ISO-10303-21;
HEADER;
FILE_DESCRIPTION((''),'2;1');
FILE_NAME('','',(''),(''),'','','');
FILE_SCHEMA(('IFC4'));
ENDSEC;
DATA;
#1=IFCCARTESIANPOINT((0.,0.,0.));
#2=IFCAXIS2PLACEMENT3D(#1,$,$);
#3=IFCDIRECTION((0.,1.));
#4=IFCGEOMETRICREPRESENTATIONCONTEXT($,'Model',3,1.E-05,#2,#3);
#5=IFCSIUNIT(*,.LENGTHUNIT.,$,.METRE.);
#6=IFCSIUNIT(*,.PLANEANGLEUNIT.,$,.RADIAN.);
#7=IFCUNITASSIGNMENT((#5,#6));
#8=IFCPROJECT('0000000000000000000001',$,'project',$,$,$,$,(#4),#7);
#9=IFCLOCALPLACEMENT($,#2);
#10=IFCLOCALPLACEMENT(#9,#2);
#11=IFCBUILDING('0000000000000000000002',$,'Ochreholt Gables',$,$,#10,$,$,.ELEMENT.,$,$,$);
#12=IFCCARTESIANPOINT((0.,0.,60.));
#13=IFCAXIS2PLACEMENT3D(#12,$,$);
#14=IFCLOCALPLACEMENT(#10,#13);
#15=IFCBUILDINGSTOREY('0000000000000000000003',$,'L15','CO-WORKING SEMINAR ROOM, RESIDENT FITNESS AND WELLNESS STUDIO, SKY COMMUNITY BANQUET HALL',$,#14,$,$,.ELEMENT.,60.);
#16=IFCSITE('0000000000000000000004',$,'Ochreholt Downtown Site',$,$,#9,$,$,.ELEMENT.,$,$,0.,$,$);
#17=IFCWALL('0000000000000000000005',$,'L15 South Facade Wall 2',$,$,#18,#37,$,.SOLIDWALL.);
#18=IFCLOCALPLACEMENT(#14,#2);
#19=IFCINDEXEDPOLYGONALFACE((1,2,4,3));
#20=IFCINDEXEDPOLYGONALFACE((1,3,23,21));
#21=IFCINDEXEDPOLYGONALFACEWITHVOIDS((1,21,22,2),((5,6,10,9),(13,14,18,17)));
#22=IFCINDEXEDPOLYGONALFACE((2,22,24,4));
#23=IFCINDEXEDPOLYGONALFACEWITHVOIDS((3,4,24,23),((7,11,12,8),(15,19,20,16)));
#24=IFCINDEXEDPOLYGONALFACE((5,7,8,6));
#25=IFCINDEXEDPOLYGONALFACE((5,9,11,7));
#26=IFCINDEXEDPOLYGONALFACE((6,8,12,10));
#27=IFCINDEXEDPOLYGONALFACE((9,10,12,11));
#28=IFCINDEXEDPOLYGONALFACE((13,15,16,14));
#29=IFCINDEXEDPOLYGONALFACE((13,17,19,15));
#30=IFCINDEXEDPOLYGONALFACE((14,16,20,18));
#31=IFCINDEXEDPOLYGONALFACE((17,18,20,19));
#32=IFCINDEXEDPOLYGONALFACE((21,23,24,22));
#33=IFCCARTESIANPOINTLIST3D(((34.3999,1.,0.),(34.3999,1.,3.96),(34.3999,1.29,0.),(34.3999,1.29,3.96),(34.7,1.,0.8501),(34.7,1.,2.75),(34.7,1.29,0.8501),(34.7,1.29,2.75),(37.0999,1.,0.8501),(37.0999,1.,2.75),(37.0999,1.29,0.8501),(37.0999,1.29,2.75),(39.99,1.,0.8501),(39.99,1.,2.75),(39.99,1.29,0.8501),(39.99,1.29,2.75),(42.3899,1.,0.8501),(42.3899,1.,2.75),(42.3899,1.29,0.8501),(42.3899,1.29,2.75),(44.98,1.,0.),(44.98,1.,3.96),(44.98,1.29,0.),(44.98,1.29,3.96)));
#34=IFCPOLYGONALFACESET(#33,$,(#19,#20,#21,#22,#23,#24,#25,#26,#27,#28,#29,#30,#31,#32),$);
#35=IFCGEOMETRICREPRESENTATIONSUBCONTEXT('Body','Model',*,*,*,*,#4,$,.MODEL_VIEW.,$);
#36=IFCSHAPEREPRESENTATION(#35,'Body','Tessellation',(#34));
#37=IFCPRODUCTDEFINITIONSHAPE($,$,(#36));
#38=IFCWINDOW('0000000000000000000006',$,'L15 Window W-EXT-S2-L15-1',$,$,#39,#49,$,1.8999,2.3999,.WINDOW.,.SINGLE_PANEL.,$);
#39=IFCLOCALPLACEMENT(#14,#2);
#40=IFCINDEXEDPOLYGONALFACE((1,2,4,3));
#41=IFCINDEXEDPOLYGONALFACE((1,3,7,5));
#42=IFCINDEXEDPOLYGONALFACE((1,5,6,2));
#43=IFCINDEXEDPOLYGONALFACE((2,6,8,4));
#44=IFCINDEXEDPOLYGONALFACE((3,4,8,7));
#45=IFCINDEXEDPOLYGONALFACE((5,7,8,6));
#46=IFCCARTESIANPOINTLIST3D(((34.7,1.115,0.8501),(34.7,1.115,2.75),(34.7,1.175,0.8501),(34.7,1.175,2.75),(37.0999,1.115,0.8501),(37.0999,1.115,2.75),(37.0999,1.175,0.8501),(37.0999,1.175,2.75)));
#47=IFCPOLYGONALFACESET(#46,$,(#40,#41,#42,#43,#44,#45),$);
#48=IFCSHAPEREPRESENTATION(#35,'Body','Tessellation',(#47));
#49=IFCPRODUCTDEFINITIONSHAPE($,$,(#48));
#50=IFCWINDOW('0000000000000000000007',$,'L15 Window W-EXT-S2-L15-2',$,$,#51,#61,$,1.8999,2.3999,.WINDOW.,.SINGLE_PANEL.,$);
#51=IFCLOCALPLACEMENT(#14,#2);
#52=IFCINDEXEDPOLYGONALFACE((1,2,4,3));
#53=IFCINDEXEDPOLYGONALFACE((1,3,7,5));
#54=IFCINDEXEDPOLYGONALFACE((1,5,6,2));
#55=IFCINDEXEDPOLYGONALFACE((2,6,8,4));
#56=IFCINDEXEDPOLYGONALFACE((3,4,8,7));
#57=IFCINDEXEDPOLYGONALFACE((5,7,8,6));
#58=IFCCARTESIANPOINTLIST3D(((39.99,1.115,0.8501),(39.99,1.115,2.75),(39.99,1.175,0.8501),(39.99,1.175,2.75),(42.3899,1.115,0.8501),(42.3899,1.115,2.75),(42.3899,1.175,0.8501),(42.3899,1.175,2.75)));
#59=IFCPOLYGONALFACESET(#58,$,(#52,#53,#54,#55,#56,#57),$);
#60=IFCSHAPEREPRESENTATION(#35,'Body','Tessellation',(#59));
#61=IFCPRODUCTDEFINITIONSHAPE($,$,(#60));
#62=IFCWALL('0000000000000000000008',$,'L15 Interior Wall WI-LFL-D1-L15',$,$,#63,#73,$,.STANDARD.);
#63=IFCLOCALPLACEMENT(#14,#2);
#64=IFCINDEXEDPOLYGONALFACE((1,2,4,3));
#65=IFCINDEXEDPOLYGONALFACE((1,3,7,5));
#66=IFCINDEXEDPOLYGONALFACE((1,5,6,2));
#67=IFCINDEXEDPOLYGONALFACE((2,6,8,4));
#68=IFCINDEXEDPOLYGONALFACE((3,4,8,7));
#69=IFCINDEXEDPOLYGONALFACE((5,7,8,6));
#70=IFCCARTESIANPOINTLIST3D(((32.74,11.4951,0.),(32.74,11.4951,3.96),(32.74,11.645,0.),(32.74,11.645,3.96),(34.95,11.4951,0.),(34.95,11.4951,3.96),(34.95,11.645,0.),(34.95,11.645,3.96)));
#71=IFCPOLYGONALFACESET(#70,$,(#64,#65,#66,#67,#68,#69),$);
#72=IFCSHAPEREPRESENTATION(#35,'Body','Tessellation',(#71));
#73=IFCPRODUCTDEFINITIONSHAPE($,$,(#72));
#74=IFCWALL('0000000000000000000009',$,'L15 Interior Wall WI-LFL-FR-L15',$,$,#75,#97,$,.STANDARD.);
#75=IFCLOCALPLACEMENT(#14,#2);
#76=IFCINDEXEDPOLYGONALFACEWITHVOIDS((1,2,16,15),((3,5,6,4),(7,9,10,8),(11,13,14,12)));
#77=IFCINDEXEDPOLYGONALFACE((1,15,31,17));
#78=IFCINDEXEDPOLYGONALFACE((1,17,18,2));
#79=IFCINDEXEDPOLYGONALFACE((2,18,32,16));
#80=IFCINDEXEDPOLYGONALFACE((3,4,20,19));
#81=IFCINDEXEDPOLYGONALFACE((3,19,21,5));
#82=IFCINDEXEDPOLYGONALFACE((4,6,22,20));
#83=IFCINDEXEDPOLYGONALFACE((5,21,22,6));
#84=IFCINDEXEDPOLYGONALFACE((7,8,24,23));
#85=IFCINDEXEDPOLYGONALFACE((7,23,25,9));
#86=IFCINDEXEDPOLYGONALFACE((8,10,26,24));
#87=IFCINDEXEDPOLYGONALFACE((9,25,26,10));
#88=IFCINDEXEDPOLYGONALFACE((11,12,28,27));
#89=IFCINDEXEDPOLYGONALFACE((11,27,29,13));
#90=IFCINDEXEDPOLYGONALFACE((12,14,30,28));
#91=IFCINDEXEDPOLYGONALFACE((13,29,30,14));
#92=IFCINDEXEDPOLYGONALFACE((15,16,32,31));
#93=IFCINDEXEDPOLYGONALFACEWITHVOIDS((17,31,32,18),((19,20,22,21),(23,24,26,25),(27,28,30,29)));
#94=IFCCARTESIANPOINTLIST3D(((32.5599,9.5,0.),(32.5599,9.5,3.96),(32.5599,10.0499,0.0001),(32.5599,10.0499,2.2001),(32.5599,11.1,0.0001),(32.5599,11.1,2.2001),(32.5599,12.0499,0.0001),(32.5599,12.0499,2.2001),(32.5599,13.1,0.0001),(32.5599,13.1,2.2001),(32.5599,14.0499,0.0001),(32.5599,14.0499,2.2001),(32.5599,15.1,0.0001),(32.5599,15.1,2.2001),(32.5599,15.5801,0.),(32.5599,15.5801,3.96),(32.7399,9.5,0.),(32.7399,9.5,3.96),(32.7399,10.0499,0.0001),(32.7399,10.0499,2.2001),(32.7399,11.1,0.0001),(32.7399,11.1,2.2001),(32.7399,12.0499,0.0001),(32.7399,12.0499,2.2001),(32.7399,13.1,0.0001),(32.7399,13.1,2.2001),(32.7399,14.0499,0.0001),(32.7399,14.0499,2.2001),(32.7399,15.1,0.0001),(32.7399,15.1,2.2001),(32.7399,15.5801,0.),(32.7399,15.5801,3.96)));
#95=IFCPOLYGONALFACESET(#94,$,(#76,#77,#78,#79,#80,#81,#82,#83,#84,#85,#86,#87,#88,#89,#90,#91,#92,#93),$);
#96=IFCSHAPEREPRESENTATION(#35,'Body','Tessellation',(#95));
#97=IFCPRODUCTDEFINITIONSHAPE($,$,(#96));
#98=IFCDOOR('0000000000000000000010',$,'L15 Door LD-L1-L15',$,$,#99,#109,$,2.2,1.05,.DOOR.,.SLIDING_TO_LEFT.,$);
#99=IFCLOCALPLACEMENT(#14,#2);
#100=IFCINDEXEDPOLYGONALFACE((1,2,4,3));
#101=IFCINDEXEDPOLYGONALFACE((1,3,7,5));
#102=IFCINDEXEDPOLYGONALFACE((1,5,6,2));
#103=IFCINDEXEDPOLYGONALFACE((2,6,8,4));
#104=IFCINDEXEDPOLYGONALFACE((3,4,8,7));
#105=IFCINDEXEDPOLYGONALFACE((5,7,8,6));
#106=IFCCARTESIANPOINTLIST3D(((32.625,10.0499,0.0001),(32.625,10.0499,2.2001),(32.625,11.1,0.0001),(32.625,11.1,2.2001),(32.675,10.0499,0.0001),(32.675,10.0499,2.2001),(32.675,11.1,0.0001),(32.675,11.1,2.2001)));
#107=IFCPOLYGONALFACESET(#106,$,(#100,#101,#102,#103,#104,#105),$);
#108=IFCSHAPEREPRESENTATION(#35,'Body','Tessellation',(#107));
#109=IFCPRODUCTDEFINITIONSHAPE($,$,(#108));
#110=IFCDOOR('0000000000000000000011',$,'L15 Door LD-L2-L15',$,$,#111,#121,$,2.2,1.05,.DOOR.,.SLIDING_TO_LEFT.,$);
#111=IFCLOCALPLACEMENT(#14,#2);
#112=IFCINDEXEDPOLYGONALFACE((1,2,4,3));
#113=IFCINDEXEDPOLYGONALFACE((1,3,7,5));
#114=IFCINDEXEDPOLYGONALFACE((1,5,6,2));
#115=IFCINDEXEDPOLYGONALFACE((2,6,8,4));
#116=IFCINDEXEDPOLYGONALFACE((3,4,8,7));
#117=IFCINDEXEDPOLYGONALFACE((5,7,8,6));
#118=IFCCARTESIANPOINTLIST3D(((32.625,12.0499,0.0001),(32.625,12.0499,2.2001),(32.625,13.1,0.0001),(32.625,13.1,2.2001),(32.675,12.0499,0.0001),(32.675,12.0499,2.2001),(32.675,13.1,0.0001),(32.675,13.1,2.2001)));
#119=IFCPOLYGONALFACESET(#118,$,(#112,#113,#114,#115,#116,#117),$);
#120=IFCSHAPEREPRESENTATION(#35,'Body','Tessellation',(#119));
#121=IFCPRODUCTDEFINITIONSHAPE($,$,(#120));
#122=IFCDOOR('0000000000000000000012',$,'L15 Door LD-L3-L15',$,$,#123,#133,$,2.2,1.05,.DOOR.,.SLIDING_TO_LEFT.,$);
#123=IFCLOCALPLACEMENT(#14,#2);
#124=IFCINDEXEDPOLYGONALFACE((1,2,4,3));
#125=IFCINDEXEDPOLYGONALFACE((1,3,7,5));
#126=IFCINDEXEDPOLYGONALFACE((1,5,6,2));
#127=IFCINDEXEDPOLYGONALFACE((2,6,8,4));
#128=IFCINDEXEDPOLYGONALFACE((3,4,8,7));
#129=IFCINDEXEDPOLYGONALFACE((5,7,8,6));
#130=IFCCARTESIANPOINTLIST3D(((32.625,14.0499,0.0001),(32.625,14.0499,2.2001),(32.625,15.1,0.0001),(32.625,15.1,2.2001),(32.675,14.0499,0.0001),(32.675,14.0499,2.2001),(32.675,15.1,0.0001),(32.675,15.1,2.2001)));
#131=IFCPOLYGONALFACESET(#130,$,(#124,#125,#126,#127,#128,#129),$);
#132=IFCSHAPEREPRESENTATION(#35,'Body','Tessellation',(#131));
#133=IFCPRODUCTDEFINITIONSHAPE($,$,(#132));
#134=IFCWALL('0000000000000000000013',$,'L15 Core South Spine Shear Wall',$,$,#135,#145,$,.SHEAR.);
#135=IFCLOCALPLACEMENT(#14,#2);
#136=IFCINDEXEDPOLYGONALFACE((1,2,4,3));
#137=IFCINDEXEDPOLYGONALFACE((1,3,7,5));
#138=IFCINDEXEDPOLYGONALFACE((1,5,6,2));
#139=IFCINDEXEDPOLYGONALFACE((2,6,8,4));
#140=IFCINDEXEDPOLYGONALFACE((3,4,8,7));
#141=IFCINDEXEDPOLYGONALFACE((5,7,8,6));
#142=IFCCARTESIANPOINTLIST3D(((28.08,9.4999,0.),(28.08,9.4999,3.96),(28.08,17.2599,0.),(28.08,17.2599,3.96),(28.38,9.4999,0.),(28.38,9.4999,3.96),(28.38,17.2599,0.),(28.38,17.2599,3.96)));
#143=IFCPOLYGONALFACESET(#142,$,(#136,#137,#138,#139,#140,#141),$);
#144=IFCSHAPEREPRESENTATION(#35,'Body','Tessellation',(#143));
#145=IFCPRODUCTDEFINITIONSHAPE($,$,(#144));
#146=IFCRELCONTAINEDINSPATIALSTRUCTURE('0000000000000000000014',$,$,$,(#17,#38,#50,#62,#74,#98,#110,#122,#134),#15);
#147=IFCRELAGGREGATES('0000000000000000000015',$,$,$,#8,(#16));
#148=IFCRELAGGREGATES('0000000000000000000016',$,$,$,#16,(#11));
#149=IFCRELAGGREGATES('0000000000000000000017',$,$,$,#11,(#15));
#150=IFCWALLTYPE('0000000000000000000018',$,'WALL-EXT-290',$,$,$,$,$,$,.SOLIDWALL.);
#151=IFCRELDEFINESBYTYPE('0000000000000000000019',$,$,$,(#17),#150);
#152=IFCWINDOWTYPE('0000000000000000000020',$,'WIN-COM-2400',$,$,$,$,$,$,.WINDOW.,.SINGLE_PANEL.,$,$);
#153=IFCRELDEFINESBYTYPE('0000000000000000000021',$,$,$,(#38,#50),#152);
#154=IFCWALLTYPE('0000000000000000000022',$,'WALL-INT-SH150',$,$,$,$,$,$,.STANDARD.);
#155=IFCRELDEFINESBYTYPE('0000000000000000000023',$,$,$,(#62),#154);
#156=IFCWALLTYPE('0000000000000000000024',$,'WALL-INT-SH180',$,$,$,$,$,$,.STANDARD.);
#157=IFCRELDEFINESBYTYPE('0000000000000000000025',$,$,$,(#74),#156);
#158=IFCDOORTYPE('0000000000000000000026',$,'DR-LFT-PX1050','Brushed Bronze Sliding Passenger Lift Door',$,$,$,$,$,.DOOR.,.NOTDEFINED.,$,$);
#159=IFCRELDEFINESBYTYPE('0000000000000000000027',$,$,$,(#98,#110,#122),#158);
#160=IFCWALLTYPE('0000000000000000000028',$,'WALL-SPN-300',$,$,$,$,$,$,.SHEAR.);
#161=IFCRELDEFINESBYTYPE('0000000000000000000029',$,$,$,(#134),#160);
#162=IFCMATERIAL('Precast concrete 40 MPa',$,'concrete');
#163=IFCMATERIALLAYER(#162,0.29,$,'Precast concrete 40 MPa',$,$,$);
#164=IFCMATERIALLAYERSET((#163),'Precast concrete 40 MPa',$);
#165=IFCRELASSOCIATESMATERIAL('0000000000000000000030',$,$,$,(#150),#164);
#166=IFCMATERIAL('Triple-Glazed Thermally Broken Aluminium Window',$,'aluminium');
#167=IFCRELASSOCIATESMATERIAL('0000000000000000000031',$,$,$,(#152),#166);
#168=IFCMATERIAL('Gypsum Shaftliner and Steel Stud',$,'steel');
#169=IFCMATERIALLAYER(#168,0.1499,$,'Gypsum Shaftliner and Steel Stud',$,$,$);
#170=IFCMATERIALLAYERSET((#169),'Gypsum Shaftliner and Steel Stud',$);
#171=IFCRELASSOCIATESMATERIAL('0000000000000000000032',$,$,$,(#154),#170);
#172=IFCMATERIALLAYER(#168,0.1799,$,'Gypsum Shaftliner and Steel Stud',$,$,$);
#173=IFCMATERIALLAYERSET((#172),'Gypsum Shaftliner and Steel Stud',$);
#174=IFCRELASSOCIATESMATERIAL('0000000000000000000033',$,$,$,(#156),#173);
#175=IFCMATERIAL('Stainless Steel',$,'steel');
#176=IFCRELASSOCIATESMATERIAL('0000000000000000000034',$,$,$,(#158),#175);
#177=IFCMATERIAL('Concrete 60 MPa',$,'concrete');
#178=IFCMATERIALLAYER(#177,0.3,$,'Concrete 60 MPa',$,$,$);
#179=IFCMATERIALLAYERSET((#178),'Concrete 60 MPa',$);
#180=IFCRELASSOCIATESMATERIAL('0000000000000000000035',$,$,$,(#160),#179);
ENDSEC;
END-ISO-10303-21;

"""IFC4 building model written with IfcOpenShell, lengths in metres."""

from ifc_helpers import new_model, si_unit, direction, frame, frame_2d, origin, place, context, subcontext, project, spatial, rectangle, extrude, material, layer, layer_set, type_object, element, fill, save


model = new_model("IFC4")

# Units and contexts
model_context = context("Model", 3, precision=1e-05, world=origin(), true_north=direction((0.0, 1.0)))
body_context = subcontext(model_context, "Body", "Model", "MODEL_VIEW")
ifc_project = project(units=[si_unit("LENGTHUNIT", "METRE"), si_unit("PLANEANGLEUNIT", "RADIAN")], contexts=[model_context])

# Site, building, storey
site_placement = place(None, origin())
site = spatial("IfcSite", under=ifc_project, at=site_placement, Name="Ochreholt Downtown Site", CompositionType="ELEMENT", RefElevation=0.0)
building_placement = place(site_placement, origin())
building = spatial("IfcBuilding", under=site, at=building_placement, Name="Ochreholt Gables", CompositionType="ELEMENT")
storey_placement = place(building_placement, frame((0.0, 0.0, 60.0)))
storey = spatial("IfcBuildingStorey", under=building, at=storey_placement, Name="L15", Description="CO-WORKING SEMINAR ROOM, RESIDENT FITNESS AND WELLNESS STUDIO, SKY COMMUNITY BANQUET HALL", CompositionType="ELEMENT", Elevation=60.0)

# Shared definitions
ifc_material_1 = material(Name="Concrete 60 MPa", Category="concrete")

# Wall, openings, windows
ifc_material_2 = material(Name="Precast concrete 40 MPa", Category="concrete")
ifc_layer_1 = layer(ifc_material_2, 0.29, Name="Precast concrete 40 MPa")
ifc_layer_set_1 = layer_set([ifc_layer_1], Name="Precast concrete 40 MPa")
wall_type_1 = type_object("IfcWallType", Name="WALL-EXT-290", PredefinedType="SOLIDWALL", material=ifc_layer_set_1)
wall_1_placement = place(storey_placement, frame((34.3999, 1.145, 0.0), z_axis=(0.0, 0.0, 1.0), x_axis=(1.0, 0.0, 0.0)))
wall_1 = element("IfcWall", 1, at=wall_1_placement, inside=storey, type_object=wall_type_1, Name="L15 South Facade Wall 2", PredefinedType="SOLIDWALL", context=body_context, shape_type="SweptSolid", body=[
    extrude(rectangle(XDim=10.5801, YDim=0.29, at=frame_2d((5.29, 0.0))), origin(), (0.0, 0.0, 1.0), 3.96),
])
opening_1_placement = place(wall_1_placement, frame((0.3, 0.0, 0.8501)))
opening_1 = element("IfcOpeningElement", 2, at=opening_1_placement, cuts=wall_1, PredefinedType="OPENING", context=body_context, shape_type="SweptSolid", body=[
    extrude(rectangle(XDim=2.3999, YDim=1.8999, at=frame_2d((1.2, 0.95))), frame((0.0, 0.155, 0.0), z_axis=(0.0, -1.0, 0.0), x_axis=(1.0, 0.0, 0.0)), (0.0, 0.0, 1.0), 0.3101),
])
opening_2_placement = place(wall_1_placement, frame((5.5901, 0.0, 0.8501)))
opening_2 = element("IfcOpeningElement", 3, at=opening_2_placement, cuts=wall_1, PredefinedType="OPENING", context=body_context, shape_type="SweptSolid", body=[
    extrude(rectangle(XDim=2.3999, YDim=1.8999, at=frame_2d((1.2, 0.95))), frame((0.0, 0.155, 0.0), z_axis=(0.0, -1.0, 0.0), x_axis=(1.0, 0.0, 0.0)), (0.0, 0.0, 1.0), 0.3101),
])
ifc_material_3 = material(Name="Triple-Glazed Thermally Broken Aluminium Window", Category="aluminium")
window_type = type_object("IfcWindowType", Name="WIN-COM-2400", PartitioningType="SINGLE_PANEL", PredefinedType="WINDOW", material=ifc_material_3)
window_1_placement = place(opening_1_placement, origin())
window_1 = element("IfcWindow", 4, at=window_1_placement, inside=storey, type_object=window_type, Name="L15 Window W-EXT-S2-L15-1", OverallHeight=1.8999, OverallWidth=2.3999, PartitioningType="SINGLE_PANEL", PredefinedType="WINDOW", context=body_context, shape_type="SweptSolid", body=[
    extrude(rectangle(XDim=2.3999, YDim=1.8999, at=frame_2d((1.2, 0.95))), frame((0.0, 0.03, 0.0), z_axis=(0.0, -1.0, 0.0), x_axis=(1.0, 0.0, 0.0)), (0.0, 0.0, 1.0), 0.0601),
])
fill(opening_1, window_1)
window_2_placement = place(opening_2_placement, origin())
window_2 = element("IfcWindow", 5, at=window_2_placement, inside=storey, type_object=window_type, Name="L15 Window W-EXT-S2-L15-2", OverallHeight=1.8999, OverallWidth=2.3999, PartitioningType="SINGLE_PANEL", PredefinedType="WINDOW", context=body_context, shape_type="SweptSolid", body=[
    extrude(rectangle(XDim=2.3999, YDim=1.8999, at=frame_2d((1.2, 0.95))), frame((0.0, 0.03, 0.0), z_axis=(0.0, -1.0, 0.0), x_axis=(1.0, 0.0, 0.0)), (0.0, 0.0, 1.0), 0.0601),
])
fill(opening_2, window_2)

# Wall
ifc_material_4 = material(Name="Gypsum Shaftliner and Steel Stud", Category="steel")
ifc_layer_2 = layer(ifc_material_4, 0.1499, Name="Gypsum Shaftliner and Steel Stud")
ifc_layer_set_2 = layer_set([ifc_layer_2], Name="Gypsum Shaftliner and Steel Stud")
wall_type_2 = type_object("IfcWallType", Name="WALL-INT-SH150", PredefinedType="STANDARD", material=ifc_layer_set_2)
wall_2_placement = place(storey_placement, frame((32.74, 11.5701, 0.0), z_axis=(0.0, 0.0, 1.0), x_axis=(1.0, 0.0, 0.0)))
element("IfcWall", 6, at=wall_2_placement, inside=storey, type_object=wall_type_2, Name="L15 Interior Wall WI-LFL-D1-L15", PredefinedType="STANDARD", context=body_context, shape_type="SweptSolid", body=[
    extrude(rectangle(XDim=2.21, YDim=0.1499, at=frame_2d((1.105, 0.0))), origin(), (0.0, 0.0, 1.0), 3.96),
])

# Wall, openings, doors
ifc_layer_3 = layer(ifc_material_4, 0.1799, Name="Gypsum Shaftliner and Steel Stud")
ifc_layer_set_3 = layer_set([ifc_layer_3], Name="Gypsum Shaftliner and Steel Stud")
wall_type_3 = type_object("IfcWallType", Name="WALL-INT-SH180", PredefinedType="STANDARD", material=ifc_layer_set_3)
wall_3_placement = place(storey_placement, frame((32.6499, 9.5, 0.0), z_axis=(0.0, 0.0, 1.0), x_axis=(0.0, 1.0, 0.0)))
wall_3 = element("IfcWall", 7, at=wall_3_placement, inside=storey, type_object=wall_type_3, Name="L15 Interior Wall WI-LFL-FR-L15", PredefinedType="STANDARD", context=body_context, shape_type="SweptSolid", body=[
    extrude(rectangle(XDim=6.0801, YDim=0.1799, at=frame_2d((3.04, 0.0))), origin(), (0.0, 0.0, 1.0), 3.96),
])
opening_3_placement = place(wall_3_placement, frame((0.55, 0.0, 0.0)))
opening_3 = element("IfcOpeningElement", 8, at=opening_3_placement, cuts=wall_3, PredefinedType="OPENING", context=body_context, shape_type="SweptSolid", body=[
    extrude(rectangle(XDim=1.05, YDim=2.2, at=frame_2d((0.5249, 1.1001))), frame((0.0, 0.0999, 0.0), z_axis=(0.0, -1.0, 0.0), x_axis=(1.0, 0.0, 0.0)), (0.0, 0.0, 1.0), 0.2),
])
opening_4_placement = place(wall_3_placement, frame((2.55, 0.0, 0.0)))
opening_4 = element("IfcOpeningElement", 9, at=opening_4_placement, cuts=wall_3, PredefinedType="OPENING", context=body_context, shape_type="SweptSolid", body=[
    extrude(rectangle(XDim=1.05, YDim=2.2, at=frame_2d((0.5249, 1.1001))), frame((0.0, 0.0999, 0.0), z_axis=(0.0, -1.0, 0.0), x_axis=(1.0, 0.0, 0.0)), (0.0, 0.0, 1.0), 0.2),
])
opening_5_placement = place(wall_3_placement, frame((4.55, 0.0, 0.0)))
opening_5 = element("IfcOpeningElement", 10, at=opening_5_placement, cuts=wall_3, PredefinedType="OPENING", context=body_context, shape_type="SweptSolid", body=[
    extrude(rectangle(XDim=1.05, YDim=2.2, at=frame_2d((0.5249, 1.1001))), frame((0.0, 0.0999, 0.0), z_axis=(0.0, -1.0, 0.0), x_axis=(1.0, 0.0, 0.0)), (0.0, 0.0, 1.0), 0.2),
])
ifc_material_5 = material(Name="Stainless Steel", Category="steel")
door_type = type_object("IfcDoorType", Name="DR-LFT-PX1050", Description="Brushed Bronze Sliding Passenger Lift Door", OperationType="NOTDEFINED", PredefinedType="DOOR", material=ifc_material_5)
door_1_placement = place(opening_3_placement, origin())
door_1 = element("IfcDoor", 11, at=door_1_placement, inside=storey, type_object=door_type, Name="L15 Door LD-L1-L15", OperationType="SLIDING_TO_LEFT", OverallHeight=2.2, OverallWidth=1.05, PredefinedType="DOOR", context=body_context, shape_type="SweptSolid", body=[
    extrude(rectangle(XDim=1.05, YDim=2.2, at=frame_2d((0.5249, 1.1001))), frame((0.0, 0.0249, 0.0), z_axis=(0.0, -1.0, 0.0), x_axis=(1.0, 0.0, 0.0)), (0.0, 0.0, 1.0), 0.05),
])
fill(opening_3, door_1)
door_2_placement = place(opening_4_placement, origin())
door_2 = element("IfcDoor", 12, at=door_2_placement, inside=storey, type_object=door_type, Name="L15 Door LD-L2-L15", OperationType="SLIDING_TO_LEFT", OverallHeight=2.2, OverallWidth=1.05, PredefinedType="DOOR", context=body_context, shape_type="SweptSolid", body=[
    extrude(rectangle(XDim=1.05, YDim=2.2, at=frame_2d((0.5249, 1.1001))), frame((0.0, 0.0249, 0.0), z_axis=(0.0, -1.0, 0.0), x_axis=(1.0, 0.0, 0.0)), (0.0, 0.0, 1.0), 0.05),
])
fill(opening_4, door_2)
door_3_placement = place(opening_5_placement, origin())
door_3 = element("IfcDoor", 13, at=door_3_placement, inside=storey, type_object=door_type, Name="L15 Door LD-L3-L15", OperationType="SLIDING_TO_LEFT", OverallHeight=2.2, OverallWidth=1.05, PredefinedType="DOOR", context=body_context, shape_type="SweptSolid", body=[
    extrude(rectangle(XDim=1.05, YDim=2.2, at=frame_2d((0.5249, 1.1001))), frame((0.0, 0.0249, 0.0), z_axis=(0.0, -1.0, 0.0), x_axis=(1.0, 0.0, 0.0)), (0.0, 0.0, 1.0), 0.05),
])
fill(opening_5, door_3)

# Wall
ifc_layer_4 = layer(ifc_material_1, 0.3, Name="Concrete 60 MPa")
ifc_layer_set_4 = layer_set([ifc_layer_4], Name="Concrete 60 MPa")
wall_type_4 = type_object("IfcWallType", Name="WALL-SPN-300", PredefinedType="SHEAR", material=ifc_layer_set_4)
wall_4_placement = place(storey_placement, frame((28.23, 9.5, 0.0), z_axis=(0.0, 0.0, 1.0), x_axis=(0.0, 1.0, 0.0)))
element("IfcWall", 14, at=wall_4_placement, inside=storey, type_object=wall_type_4, Name="L15 Core South Spine Shear Wall", PredefinedType="SHEAR", context=body_context, shape_type="SweptSolid", body=[
    extrude(rectangle(XDim=7.76, YDim=0.3, at=frame_2d((3.8799, 0.0))), origin(), (0.0, 0.0, 1.0), 3.96),
])

save(model, "model.ifc")
